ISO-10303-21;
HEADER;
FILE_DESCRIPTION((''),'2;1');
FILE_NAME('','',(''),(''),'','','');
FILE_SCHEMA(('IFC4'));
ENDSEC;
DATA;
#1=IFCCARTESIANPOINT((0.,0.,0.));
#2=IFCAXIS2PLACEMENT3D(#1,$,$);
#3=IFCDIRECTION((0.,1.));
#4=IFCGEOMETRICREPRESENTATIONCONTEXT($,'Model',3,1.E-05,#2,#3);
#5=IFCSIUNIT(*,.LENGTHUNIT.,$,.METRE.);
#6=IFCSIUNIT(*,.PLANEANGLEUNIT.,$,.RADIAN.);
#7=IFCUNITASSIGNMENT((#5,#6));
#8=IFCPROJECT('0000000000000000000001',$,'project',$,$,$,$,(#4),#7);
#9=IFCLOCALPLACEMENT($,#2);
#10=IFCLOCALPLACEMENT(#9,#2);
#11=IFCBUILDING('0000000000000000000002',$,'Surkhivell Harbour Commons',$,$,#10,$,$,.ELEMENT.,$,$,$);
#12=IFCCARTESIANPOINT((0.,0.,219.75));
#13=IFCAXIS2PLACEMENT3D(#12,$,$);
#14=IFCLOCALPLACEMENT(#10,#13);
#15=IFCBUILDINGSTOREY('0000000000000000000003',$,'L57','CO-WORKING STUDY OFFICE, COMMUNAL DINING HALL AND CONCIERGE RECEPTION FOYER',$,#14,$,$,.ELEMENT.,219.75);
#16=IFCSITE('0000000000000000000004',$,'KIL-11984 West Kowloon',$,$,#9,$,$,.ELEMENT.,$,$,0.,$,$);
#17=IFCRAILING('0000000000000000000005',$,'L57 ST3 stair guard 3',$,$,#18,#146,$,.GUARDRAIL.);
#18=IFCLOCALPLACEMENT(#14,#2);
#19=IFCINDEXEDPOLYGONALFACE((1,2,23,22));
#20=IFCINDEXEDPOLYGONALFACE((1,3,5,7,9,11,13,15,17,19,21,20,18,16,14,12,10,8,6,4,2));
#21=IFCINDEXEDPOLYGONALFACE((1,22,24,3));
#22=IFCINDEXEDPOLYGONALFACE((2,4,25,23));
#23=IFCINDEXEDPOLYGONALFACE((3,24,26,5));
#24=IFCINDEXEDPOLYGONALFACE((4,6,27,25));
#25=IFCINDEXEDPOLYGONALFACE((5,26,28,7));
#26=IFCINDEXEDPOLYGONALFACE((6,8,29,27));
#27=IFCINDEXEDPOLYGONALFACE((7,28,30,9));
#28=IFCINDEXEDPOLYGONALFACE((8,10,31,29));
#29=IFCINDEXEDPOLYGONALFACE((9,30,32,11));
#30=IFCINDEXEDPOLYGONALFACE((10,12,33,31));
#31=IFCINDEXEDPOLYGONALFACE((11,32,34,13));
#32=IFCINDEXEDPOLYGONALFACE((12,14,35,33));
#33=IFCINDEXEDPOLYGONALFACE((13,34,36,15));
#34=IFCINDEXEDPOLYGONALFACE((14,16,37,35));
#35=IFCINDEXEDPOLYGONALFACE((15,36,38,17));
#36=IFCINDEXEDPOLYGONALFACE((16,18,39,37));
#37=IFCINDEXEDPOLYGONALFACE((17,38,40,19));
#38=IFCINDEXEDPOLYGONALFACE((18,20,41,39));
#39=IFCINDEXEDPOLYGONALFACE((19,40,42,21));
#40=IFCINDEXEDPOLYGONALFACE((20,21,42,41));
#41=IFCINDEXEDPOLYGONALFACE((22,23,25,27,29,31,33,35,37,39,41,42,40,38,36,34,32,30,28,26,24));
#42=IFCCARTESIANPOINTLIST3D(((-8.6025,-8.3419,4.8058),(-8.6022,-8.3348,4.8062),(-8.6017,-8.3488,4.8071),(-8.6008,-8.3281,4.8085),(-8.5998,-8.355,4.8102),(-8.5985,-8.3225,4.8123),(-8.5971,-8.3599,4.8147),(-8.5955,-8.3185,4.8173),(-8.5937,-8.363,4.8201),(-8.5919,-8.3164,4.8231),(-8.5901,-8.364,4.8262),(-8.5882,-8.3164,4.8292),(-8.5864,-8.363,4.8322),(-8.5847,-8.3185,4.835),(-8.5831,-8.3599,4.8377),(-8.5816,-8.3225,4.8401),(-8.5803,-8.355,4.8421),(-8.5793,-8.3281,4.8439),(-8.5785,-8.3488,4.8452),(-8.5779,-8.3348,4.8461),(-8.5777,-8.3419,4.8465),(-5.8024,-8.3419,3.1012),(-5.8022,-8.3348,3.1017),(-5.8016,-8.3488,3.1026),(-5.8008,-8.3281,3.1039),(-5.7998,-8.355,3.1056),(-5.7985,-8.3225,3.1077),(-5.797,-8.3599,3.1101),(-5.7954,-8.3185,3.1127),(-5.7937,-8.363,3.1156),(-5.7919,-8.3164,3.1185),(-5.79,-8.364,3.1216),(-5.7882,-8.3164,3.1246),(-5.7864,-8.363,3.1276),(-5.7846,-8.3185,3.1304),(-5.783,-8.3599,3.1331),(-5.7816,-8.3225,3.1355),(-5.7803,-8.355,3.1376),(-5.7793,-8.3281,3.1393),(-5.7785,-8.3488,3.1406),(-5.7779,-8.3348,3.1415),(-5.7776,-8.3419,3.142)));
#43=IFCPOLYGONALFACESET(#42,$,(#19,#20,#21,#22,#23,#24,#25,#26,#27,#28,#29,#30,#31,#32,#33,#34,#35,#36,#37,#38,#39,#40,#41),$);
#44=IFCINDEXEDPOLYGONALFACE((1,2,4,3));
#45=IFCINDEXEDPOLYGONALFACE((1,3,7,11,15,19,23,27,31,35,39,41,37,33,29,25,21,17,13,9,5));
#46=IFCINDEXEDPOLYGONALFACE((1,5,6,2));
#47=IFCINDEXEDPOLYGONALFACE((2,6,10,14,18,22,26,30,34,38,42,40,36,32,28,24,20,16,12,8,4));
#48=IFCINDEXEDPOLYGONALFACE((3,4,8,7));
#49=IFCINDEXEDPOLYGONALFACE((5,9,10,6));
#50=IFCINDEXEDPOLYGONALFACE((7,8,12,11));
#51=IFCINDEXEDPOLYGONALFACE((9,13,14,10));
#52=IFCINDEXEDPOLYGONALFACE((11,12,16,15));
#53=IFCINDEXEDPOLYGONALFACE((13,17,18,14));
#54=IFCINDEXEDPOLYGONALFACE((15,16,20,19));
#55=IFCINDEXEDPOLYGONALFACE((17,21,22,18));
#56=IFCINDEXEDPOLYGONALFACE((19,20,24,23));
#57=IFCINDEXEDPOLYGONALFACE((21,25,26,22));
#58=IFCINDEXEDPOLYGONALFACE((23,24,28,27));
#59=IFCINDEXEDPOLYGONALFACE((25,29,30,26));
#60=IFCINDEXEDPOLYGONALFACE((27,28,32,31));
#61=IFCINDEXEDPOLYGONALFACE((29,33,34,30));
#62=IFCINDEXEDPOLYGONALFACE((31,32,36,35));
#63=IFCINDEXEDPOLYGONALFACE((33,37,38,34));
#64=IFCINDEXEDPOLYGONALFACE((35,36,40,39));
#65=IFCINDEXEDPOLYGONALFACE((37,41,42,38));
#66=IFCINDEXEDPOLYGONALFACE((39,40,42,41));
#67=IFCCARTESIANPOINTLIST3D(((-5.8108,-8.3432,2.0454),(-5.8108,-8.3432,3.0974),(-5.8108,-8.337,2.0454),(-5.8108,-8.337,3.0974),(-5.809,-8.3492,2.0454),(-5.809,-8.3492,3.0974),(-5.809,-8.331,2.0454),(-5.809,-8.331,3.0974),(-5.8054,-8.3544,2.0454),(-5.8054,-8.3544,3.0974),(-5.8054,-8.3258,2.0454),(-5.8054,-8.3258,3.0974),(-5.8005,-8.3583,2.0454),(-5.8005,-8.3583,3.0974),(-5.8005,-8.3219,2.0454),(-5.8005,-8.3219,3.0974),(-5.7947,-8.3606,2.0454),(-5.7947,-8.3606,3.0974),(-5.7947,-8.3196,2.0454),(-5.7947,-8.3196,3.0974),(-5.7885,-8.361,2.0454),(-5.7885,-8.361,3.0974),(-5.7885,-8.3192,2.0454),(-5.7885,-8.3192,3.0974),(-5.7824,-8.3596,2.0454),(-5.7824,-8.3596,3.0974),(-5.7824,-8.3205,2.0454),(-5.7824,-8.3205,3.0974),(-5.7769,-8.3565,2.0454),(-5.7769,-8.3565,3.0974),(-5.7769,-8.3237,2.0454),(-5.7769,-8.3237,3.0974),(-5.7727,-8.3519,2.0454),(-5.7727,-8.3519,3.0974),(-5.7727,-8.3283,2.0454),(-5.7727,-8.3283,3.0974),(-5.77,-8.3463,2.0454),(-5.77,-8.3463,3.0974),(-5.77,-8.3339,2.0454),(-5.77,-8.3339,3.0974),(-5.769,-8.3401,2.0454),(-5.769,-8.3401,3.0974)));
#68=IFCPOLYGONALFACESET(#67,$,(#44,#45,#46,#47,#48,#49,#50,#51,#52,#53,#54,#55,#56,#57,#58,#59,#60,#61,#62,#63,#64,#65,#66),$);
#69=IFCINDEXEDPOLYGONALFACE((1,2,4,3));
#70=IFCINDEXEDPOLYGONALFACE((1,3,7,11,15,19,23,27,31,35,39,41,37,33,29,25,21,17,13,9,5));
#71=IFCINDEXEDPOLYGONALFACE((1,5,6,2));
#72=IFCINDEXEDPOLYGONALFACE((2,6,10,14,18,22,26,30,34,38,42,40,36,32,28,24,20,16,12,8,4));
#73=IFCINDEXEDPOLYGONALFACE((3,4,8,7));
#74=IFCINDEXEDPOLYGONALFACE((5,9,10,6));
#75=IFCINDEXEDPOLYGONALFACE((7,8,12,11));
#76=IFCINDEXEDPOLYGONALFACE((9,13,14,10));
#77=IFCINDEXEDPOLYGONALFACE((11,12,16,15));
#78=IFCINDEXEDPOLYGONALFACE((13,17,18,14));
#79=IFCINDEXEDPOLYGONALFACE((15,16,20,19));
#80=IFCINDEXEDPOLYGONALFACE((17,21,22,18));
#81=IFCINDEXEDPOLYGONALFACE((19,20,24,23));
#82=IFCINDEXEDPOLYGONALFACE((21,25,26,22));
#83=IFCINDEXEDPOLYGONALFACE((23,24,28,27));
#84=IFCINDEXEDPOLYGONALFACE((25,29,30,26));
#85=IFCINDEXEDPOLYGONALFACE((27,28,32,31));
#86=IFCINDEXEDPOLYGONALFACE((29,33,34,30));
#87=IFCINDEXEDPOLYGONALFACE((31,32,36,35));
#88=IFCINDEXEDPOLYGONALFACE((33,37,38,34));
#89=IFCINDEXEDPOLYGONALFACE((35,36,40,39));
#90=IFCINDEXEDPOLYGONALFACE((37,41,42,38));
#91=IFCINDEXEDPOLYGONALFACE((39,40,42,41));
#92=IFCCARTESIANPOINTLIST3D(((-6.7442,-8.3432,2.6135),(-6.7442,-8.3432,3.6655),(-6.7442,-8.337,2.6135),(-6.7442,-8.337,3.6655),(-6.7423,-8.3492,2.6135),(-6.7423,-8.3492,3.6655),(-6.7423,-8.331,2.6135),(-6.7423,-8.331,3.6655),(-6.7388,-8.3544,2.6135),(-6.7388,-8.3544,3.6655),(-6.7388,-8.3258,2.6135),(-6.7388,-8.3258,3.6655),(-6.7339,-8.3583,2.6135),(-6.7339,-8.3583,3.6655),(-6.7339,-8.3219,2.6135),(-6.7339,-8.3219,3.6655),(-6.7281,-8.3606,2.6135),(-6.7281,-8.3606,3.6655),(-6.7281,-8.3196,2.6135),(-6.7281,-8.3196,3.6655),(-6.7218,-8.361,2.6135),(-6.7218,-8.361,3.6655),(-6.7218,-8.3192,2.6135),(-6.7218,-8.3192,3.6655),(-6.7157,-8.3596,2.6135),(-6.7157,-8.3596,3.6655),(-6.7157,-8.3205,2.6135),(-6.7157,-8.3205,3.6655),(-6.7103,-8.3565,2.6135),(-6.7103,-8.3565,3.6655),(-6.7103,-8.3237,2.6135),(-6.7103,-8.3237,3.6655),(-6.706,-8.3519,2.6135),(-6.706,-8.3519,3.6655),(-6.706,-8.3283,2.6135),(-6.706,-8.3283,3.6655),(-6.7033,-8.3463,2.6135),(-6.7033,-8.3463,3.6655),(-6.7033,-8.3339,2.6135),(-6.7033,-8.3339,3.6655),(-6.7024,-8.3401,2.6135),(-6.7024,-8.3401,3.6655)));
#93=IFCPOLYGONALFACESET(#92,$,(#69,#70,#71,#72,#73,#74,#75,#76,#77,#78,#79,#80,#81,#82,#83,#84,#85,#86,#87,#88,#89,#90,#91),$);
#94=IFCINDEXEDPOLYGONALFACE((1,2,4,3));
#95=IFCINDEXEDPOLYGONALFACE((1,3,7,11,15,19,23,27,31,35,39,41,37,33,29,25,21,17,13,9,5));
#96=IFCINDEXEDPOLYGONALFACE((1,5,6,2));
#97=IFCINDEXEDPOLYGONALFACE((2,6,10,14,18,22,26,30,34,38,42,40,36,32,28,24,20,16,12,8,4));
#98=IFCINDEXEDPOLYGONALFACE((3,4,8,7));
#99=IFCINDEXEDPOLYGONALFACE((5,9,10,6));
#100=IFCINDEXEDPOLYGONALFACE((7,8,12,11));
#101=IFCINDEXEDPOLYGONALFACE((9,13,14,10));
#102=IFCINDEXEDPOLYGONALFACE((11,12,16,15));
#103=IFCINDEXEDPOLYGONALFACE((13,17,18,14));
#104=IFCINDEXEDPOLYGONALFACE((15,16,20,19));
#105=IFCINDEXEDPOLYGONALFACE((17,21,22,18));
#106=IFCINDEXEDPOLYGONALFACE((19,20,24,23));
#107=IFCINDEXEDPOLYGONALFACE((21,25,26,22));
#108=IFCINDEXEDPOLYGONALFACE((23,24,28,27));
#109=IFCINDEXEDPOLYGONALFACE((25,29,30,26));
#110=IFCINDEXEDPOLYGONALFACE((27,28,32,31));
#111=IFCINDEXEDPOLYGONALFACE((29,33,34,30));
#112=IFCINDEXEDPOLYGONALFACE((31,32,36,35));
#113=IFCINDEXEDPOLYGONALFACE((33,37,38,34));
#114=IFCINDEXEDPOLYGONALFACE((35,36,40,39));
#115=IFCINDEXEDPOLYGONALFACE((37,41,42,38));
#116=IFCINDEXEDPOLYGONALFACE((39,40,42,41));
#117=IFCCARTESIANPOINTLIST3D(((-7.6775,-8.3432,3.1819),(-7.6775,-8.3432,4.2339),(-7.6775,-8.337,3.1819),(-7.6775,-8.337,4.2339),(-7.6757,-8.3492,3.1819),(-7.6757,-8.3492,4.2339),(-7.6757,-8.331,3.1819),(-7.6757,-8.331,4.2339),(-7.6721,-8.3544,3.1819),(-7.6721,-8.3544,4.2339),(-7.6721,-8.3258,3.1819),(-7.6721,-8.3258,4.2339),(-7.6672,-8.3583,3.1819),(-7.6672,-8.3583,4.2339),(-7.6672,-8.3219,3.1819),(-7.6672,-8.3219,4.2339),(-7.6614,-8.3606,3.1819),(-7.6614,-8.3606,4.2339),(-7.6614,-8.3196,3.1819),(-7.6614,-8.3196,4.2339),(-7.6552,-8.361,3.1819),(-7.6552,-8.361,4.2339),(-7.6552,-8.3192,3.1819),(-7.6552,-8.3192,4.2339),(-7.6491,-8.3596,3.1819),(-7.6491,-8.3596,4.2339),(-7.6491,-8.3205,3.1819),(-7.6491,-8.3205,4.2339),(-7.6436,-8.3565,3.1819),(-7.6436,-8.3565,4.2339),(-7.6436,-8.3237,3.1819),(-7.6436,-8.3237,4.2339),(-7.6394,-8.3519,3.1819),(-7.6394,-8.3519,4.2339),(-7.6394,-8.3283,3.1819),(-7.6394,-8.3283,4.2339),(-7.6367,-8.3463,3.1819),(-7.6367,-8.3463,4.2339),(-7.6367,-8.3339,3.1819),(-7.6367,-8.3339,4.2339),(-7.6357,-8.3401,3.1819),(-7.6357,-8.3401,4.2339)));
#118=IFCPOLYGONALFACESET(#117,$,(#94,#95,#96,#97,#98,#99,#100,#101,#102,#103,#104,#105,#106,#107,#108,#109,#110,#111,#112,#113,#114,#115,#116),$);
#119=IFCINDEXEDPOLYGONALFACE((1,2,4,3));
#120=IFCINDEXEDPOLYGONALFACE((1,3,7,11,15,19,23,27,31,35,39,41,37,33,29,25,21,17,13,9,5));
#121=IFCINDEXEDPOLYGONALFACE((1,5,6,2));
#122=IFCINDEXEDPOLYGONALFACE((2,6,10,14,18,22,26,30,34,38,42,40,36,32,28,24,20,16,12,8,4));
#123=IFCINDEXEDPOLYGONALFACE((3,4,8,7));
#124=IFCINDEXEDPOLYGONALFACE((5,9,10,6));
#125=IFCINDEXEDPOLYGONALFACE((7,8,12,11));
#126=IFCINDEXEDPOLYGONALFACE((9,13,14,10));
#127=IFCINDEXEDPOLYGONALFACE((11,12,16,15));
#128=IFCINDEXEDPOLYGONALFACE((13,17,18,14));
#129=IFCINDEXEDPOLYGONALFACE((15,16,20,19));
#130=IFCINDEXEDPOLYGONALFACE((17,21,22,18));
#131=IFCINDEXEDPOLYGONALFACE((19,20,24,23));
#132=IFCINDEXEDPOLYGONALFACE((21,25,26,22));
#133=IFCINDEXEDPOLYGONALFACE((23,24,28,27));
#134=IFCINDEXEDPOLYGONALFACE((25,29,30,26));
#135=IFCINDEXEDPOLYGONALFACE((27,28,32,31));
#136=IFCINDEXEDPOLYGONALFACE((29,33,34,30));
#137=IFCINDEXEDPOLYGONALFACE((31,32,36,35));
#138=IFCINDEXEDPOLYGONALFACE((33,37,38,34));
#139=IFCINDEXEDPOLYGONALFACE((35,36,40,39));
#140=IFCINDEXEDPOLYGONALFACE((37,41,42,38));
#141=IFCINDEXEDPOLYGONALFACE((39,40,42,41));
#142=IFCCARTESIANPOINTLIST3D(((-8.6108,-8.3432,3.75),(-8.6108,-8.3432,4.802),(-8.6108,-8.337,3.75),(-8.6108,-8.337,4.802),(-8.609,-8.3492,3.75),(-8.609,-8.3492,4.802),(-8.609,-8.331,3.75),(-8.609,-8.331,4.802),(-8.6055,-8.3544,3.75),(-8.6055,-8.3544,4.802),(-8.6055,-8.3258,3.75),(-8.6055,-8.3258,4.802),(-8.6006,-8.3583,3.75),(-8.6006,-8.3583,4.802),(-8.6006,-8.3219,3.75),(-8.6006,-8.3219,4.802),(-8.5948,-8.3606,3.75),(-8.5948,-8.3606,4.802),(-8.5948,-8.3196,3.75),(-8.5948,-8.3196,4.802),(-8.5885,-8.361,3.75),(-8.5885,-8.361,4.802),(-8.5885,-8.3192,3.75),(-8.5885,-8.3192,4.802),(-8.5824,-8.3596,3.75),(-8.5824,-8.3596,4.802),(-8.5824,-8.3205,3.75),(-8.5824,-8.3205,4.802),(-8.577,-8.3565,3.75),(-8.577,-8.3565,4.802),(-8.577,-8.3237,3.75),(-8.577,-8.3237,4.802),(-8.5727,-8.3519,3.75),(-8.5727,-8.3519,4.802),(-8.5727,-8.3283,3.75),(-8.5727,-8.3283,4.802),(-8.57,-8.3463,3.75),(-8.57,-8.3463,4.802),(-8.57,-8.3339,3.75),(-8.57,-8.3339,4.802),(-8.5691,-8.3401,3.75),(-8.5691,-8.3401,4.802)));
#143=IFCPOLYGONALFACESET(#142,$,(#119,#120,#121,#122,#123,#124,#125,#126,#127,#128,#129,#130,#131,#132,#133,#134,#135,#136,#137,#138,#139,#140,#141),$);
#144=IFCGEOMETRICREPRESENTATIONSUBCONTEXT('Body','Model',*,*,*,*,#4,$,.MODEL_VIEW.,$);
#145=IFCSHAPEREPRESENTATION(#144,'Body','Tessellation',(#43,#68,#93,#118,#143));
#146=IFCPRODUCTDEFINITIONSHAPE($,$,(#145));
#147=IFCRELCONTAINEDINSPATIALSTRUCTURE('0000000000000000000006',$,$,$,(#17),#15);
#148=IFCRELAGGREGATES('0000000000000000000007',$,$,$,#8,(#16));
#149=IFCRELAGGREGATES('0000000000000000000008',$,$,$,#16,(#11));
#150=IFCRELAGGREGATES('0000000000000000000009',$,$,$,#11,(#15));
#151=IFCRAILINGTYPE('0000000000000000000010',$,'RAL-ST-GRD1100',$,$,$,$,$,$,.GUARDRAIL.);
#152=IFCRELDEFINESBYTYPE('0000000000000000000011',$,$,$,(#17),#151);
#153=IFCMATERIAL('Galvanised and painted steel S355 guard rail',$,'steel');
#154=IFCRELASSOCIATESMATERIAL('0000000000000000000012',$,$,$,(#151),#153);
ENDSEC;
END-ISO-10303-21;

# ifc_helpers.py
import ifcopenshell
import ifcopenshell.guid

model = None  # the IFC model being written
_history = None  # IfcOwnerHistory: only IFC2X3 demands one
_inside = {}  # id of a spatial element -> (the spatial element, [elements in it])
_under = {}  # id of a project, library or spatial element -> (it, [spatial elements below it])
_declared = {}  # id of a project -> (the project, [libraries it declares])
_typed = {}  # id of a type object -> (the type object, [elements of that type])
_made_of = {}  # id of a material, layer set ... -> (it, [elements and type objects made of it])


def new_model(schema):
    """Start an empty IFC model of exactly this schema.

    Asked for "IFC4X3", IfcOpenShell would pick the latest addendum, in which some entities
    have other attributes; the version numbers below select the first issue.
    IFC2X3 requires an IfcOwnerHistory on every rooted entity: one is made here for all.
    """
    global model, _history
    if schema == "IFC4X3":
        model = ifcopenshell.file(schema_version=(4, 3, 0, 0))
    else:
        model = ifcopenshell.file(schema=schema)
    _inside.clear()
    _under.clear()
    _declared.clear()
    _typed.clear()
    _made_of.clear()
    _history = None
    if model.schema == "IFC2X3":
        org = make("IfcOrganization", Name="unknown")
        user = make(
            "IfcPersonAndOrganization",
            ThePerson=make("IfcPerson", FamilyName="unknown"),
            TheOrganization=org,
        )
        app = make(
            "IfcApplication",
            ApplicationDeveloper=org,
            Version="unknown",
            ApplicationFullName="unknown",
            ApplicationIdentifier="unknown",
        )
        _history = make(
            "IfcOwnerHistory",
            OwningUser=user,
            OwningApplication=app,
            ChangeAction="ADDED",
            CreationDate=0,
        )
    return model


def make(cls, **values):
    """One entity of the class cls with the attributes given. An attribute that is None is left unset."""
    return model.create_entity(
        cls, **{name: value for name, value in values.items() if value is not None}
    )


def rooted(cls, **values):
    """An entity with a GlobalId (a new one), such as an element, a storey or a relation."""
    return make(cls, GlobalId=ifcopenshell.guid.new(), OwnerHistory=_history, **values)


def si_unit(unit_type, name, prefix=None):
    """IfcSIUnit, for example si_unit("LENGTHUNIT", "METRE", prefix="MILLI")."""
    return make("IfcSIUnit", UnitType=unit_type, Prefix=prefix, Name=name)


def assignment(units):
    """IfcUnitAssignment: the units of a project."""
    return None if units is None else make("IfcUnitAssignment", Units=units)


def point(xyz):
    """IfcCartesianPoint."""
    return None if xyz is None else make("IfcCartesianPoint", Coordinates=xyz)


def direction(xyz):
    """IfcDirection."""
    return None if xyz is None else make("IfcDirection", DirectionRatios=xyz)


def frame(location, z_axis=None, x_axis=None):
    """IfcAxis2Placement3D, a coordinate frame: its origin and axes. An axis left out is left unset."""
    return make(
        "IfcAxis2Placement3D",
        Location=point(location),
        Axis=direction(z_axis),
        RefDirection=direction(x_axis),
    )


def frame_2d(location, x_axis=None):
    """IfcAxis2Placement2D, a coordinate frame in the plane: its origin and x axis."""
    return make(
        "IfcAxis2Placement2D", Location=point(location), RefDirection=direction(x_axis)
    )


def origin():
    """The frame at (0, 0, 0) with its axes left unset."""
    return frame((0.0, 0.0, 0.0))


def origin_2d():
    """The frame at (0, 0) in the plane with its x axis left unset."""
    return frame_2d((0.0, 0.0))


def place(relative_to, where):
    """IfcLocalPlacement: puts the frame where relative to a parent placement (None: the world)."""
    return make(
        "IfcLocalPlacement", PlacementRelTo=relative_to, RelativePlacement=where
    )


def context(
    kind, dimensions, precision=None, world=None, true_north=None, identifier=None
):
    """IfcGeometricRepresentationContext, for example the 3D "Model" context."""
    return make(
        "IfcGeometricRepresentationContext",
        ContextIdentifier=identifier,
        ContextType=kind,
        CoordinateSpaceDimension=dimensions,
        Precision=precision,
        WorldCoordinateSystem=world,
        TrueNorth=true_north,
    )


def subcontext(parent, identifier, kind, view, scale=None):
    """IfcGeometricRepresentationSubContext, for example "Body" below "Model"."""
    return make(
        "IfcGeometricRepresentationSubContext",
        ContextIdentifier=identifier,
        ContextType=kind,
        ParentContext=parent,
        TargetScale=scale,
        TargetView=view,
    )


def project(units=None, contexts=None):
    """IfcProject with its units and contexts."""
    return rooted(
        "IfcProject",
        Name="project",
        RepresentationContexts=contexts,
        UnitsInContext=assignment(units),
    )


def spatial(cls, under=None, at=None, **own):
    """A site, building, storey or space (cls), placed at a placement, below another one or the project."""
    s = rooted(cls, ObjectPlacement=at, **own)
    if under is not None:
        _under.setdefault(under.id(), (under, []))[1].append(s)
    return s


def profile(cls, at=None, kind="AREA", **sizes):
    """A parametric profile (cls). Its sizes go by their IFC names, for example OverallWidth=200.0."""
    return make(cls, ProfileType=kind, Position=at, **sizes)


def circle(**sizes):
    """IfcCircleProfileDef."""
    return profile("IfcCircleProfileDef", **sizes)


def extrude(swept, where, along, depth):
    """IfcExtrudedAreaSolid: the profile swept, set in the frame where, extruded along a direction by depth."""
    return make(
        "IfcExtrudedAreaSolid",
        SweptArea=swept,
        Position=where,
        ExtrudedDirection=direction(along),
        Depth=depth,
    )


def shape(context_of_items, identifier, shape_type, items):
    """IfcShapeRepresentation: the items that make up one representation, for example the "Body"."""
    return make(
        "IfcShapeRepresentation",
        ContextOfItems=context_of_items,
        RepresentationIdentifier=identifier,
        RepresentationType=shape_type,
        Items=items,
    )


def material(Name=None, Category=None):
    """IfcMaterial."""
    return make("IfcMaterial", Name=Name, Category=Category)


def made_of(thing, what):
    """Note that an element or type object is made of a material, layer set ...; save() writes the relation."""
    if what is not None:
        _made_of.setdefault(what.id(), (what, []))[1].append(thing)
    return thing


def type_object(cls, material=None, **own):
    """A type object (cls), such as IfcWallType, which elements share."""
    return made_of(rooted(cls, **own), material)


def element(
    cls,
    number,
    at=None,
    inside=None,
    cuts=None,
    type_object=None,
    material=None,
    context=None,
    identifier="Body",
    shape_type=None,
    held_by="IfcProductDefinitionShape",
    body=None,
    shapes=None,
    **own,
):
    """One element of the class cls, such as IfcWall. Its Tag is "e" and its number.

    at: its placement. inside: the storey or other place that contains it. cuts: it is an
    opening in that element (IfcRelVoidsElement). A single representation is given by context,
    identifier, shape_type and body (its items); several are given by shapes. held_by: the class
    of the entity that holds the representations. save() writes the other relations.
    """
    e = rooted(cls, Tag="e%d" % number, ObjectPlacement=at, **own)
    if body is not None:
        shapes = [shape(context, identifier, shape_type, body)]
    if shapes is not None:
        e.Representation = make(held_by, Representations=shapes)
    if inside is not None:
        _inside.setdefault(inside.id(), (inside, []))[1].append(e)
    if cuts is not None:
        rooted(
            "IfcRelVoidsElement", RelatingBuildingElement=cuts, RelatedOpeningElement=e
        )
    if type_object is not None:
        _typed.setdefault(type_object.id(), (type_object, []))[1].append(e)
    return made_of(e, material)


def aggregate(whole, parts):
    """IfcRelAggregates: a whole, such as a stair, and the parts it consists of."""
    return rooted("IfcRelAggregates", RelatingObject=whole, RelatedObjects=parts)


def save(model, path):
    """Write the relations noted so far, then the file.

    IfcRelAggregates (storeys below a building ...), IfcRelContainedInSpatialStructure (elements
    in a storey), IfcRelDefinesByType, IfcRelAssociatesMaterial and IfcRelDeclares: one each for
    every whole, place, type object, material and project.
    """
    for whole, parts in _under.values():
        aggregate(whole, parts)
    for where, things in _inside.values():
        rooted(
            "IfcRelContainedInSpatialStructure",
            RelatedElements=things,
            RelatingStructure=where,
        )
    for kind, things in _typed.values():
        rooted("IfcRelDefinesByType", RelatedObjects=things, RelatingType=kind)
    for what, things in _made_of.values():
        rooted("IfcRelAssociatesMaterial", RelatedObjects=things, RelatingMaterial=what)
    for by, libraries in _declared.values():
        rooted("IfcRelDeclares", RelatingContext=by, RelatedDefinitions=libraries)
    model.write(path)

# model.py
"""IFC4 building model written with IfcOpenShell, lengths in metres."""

from ifc_helpers import new_model, si_unit, direction, frame, origin, origin_2d, place, context, subcontext, project, spatial, circle, extrude, material, type_object, element, save


model = new_model("IFC4")

# Units and contexts
model_context = context("Model", 3, precision=1e-05, world=origin(), true_north=direction((0.0, 1.0)))
body_context = subcontext(model_context, "Body", "Model", "MODEL_VIEW")
ifc_project = project(units=[si_unit("LENGTHUNIT", "METRE"), si_unit("PLANEANGLEUNIT", "RADIAN")], contexts=[model_context])

# Site, building, storey
site_placement = place(None, origin())
site = spatial("IfcSite", under=ifc_project, at=site_placement, Name="KIL-11984 West Kowloon", CompositionType="ELEMENT", RefElevation=0.0)
building_placement = place(site_placement, origin())
building = spatial("IfcBuilding", under=site, at=building_placement, Name="Surkhivell Harbour Commons", CompositionType="ELEMENT")
storey_placement = place(building_placement, frame((0.0, 0.0, 219.75)))
storey = spatial("IfcBuildingStorey", under=building, at=storey_placement, Name="L57", Description="CO-WORKING STUDY OFFICE, COMMUNAL DINING HALL AND CONCIERGE RECEPTION FOYER", CompositionType="ELEMENT", Elevation=219.75)

# Railing
ifc_material_1 = material(Name="Galvanised and painted steel S355 guard rail", Category="steel")
railing_type_1 = type_object("IfcRailingType", Name="RAL-ST-GRD1100", PredefinedType="GUARDRAIL", material=ifc_material_1)
railing_1_placement = place(storey_placement, frame((-5.79, -8.3401, 2.0454)))
element("IfcRailing", 1, at=railing_1_placement, inside=storey, type_object=railing_type_1, Name="L57 ST3 stair guard 3", PredefinedType="GUARDRAIL", context=body_context, shape_type="SweptSolid", body=[
    extrude(circle(Radius=0.0239, at=origin_2d()), frame((0.0, 0.0, 1.0762), z_axis=(-0.85417, 0.0, 0.519994), x_axis=(0.0, -1.0, 0.0)), (0.0, 0.0, 1.0), 3.2781),
    extrude(circle(Radius=0.021, at=origin_2d()), origin(), (0.0, 0.0, 1.0), 1.052),
    extrude(circle(Radius=0.021, at=origin_2d()), frame((-0.9333, 0.0, 0.5681)), (0.0, 0.0, 1.0), 1.052),
    extrude(circle(Radius=0.021, at=origin_2d()), frame((-1.8667, 0.0, 1.1365)), (0.0, 0.0, 1.0), 1.052),
    extrude(circle(Radius=0.021, at=origin_2d()), frame((-2.8, 0.0, 1.7046)), (0.0, 0.0, 1.0), 1.052),
])

save(model, "model.ifc")
